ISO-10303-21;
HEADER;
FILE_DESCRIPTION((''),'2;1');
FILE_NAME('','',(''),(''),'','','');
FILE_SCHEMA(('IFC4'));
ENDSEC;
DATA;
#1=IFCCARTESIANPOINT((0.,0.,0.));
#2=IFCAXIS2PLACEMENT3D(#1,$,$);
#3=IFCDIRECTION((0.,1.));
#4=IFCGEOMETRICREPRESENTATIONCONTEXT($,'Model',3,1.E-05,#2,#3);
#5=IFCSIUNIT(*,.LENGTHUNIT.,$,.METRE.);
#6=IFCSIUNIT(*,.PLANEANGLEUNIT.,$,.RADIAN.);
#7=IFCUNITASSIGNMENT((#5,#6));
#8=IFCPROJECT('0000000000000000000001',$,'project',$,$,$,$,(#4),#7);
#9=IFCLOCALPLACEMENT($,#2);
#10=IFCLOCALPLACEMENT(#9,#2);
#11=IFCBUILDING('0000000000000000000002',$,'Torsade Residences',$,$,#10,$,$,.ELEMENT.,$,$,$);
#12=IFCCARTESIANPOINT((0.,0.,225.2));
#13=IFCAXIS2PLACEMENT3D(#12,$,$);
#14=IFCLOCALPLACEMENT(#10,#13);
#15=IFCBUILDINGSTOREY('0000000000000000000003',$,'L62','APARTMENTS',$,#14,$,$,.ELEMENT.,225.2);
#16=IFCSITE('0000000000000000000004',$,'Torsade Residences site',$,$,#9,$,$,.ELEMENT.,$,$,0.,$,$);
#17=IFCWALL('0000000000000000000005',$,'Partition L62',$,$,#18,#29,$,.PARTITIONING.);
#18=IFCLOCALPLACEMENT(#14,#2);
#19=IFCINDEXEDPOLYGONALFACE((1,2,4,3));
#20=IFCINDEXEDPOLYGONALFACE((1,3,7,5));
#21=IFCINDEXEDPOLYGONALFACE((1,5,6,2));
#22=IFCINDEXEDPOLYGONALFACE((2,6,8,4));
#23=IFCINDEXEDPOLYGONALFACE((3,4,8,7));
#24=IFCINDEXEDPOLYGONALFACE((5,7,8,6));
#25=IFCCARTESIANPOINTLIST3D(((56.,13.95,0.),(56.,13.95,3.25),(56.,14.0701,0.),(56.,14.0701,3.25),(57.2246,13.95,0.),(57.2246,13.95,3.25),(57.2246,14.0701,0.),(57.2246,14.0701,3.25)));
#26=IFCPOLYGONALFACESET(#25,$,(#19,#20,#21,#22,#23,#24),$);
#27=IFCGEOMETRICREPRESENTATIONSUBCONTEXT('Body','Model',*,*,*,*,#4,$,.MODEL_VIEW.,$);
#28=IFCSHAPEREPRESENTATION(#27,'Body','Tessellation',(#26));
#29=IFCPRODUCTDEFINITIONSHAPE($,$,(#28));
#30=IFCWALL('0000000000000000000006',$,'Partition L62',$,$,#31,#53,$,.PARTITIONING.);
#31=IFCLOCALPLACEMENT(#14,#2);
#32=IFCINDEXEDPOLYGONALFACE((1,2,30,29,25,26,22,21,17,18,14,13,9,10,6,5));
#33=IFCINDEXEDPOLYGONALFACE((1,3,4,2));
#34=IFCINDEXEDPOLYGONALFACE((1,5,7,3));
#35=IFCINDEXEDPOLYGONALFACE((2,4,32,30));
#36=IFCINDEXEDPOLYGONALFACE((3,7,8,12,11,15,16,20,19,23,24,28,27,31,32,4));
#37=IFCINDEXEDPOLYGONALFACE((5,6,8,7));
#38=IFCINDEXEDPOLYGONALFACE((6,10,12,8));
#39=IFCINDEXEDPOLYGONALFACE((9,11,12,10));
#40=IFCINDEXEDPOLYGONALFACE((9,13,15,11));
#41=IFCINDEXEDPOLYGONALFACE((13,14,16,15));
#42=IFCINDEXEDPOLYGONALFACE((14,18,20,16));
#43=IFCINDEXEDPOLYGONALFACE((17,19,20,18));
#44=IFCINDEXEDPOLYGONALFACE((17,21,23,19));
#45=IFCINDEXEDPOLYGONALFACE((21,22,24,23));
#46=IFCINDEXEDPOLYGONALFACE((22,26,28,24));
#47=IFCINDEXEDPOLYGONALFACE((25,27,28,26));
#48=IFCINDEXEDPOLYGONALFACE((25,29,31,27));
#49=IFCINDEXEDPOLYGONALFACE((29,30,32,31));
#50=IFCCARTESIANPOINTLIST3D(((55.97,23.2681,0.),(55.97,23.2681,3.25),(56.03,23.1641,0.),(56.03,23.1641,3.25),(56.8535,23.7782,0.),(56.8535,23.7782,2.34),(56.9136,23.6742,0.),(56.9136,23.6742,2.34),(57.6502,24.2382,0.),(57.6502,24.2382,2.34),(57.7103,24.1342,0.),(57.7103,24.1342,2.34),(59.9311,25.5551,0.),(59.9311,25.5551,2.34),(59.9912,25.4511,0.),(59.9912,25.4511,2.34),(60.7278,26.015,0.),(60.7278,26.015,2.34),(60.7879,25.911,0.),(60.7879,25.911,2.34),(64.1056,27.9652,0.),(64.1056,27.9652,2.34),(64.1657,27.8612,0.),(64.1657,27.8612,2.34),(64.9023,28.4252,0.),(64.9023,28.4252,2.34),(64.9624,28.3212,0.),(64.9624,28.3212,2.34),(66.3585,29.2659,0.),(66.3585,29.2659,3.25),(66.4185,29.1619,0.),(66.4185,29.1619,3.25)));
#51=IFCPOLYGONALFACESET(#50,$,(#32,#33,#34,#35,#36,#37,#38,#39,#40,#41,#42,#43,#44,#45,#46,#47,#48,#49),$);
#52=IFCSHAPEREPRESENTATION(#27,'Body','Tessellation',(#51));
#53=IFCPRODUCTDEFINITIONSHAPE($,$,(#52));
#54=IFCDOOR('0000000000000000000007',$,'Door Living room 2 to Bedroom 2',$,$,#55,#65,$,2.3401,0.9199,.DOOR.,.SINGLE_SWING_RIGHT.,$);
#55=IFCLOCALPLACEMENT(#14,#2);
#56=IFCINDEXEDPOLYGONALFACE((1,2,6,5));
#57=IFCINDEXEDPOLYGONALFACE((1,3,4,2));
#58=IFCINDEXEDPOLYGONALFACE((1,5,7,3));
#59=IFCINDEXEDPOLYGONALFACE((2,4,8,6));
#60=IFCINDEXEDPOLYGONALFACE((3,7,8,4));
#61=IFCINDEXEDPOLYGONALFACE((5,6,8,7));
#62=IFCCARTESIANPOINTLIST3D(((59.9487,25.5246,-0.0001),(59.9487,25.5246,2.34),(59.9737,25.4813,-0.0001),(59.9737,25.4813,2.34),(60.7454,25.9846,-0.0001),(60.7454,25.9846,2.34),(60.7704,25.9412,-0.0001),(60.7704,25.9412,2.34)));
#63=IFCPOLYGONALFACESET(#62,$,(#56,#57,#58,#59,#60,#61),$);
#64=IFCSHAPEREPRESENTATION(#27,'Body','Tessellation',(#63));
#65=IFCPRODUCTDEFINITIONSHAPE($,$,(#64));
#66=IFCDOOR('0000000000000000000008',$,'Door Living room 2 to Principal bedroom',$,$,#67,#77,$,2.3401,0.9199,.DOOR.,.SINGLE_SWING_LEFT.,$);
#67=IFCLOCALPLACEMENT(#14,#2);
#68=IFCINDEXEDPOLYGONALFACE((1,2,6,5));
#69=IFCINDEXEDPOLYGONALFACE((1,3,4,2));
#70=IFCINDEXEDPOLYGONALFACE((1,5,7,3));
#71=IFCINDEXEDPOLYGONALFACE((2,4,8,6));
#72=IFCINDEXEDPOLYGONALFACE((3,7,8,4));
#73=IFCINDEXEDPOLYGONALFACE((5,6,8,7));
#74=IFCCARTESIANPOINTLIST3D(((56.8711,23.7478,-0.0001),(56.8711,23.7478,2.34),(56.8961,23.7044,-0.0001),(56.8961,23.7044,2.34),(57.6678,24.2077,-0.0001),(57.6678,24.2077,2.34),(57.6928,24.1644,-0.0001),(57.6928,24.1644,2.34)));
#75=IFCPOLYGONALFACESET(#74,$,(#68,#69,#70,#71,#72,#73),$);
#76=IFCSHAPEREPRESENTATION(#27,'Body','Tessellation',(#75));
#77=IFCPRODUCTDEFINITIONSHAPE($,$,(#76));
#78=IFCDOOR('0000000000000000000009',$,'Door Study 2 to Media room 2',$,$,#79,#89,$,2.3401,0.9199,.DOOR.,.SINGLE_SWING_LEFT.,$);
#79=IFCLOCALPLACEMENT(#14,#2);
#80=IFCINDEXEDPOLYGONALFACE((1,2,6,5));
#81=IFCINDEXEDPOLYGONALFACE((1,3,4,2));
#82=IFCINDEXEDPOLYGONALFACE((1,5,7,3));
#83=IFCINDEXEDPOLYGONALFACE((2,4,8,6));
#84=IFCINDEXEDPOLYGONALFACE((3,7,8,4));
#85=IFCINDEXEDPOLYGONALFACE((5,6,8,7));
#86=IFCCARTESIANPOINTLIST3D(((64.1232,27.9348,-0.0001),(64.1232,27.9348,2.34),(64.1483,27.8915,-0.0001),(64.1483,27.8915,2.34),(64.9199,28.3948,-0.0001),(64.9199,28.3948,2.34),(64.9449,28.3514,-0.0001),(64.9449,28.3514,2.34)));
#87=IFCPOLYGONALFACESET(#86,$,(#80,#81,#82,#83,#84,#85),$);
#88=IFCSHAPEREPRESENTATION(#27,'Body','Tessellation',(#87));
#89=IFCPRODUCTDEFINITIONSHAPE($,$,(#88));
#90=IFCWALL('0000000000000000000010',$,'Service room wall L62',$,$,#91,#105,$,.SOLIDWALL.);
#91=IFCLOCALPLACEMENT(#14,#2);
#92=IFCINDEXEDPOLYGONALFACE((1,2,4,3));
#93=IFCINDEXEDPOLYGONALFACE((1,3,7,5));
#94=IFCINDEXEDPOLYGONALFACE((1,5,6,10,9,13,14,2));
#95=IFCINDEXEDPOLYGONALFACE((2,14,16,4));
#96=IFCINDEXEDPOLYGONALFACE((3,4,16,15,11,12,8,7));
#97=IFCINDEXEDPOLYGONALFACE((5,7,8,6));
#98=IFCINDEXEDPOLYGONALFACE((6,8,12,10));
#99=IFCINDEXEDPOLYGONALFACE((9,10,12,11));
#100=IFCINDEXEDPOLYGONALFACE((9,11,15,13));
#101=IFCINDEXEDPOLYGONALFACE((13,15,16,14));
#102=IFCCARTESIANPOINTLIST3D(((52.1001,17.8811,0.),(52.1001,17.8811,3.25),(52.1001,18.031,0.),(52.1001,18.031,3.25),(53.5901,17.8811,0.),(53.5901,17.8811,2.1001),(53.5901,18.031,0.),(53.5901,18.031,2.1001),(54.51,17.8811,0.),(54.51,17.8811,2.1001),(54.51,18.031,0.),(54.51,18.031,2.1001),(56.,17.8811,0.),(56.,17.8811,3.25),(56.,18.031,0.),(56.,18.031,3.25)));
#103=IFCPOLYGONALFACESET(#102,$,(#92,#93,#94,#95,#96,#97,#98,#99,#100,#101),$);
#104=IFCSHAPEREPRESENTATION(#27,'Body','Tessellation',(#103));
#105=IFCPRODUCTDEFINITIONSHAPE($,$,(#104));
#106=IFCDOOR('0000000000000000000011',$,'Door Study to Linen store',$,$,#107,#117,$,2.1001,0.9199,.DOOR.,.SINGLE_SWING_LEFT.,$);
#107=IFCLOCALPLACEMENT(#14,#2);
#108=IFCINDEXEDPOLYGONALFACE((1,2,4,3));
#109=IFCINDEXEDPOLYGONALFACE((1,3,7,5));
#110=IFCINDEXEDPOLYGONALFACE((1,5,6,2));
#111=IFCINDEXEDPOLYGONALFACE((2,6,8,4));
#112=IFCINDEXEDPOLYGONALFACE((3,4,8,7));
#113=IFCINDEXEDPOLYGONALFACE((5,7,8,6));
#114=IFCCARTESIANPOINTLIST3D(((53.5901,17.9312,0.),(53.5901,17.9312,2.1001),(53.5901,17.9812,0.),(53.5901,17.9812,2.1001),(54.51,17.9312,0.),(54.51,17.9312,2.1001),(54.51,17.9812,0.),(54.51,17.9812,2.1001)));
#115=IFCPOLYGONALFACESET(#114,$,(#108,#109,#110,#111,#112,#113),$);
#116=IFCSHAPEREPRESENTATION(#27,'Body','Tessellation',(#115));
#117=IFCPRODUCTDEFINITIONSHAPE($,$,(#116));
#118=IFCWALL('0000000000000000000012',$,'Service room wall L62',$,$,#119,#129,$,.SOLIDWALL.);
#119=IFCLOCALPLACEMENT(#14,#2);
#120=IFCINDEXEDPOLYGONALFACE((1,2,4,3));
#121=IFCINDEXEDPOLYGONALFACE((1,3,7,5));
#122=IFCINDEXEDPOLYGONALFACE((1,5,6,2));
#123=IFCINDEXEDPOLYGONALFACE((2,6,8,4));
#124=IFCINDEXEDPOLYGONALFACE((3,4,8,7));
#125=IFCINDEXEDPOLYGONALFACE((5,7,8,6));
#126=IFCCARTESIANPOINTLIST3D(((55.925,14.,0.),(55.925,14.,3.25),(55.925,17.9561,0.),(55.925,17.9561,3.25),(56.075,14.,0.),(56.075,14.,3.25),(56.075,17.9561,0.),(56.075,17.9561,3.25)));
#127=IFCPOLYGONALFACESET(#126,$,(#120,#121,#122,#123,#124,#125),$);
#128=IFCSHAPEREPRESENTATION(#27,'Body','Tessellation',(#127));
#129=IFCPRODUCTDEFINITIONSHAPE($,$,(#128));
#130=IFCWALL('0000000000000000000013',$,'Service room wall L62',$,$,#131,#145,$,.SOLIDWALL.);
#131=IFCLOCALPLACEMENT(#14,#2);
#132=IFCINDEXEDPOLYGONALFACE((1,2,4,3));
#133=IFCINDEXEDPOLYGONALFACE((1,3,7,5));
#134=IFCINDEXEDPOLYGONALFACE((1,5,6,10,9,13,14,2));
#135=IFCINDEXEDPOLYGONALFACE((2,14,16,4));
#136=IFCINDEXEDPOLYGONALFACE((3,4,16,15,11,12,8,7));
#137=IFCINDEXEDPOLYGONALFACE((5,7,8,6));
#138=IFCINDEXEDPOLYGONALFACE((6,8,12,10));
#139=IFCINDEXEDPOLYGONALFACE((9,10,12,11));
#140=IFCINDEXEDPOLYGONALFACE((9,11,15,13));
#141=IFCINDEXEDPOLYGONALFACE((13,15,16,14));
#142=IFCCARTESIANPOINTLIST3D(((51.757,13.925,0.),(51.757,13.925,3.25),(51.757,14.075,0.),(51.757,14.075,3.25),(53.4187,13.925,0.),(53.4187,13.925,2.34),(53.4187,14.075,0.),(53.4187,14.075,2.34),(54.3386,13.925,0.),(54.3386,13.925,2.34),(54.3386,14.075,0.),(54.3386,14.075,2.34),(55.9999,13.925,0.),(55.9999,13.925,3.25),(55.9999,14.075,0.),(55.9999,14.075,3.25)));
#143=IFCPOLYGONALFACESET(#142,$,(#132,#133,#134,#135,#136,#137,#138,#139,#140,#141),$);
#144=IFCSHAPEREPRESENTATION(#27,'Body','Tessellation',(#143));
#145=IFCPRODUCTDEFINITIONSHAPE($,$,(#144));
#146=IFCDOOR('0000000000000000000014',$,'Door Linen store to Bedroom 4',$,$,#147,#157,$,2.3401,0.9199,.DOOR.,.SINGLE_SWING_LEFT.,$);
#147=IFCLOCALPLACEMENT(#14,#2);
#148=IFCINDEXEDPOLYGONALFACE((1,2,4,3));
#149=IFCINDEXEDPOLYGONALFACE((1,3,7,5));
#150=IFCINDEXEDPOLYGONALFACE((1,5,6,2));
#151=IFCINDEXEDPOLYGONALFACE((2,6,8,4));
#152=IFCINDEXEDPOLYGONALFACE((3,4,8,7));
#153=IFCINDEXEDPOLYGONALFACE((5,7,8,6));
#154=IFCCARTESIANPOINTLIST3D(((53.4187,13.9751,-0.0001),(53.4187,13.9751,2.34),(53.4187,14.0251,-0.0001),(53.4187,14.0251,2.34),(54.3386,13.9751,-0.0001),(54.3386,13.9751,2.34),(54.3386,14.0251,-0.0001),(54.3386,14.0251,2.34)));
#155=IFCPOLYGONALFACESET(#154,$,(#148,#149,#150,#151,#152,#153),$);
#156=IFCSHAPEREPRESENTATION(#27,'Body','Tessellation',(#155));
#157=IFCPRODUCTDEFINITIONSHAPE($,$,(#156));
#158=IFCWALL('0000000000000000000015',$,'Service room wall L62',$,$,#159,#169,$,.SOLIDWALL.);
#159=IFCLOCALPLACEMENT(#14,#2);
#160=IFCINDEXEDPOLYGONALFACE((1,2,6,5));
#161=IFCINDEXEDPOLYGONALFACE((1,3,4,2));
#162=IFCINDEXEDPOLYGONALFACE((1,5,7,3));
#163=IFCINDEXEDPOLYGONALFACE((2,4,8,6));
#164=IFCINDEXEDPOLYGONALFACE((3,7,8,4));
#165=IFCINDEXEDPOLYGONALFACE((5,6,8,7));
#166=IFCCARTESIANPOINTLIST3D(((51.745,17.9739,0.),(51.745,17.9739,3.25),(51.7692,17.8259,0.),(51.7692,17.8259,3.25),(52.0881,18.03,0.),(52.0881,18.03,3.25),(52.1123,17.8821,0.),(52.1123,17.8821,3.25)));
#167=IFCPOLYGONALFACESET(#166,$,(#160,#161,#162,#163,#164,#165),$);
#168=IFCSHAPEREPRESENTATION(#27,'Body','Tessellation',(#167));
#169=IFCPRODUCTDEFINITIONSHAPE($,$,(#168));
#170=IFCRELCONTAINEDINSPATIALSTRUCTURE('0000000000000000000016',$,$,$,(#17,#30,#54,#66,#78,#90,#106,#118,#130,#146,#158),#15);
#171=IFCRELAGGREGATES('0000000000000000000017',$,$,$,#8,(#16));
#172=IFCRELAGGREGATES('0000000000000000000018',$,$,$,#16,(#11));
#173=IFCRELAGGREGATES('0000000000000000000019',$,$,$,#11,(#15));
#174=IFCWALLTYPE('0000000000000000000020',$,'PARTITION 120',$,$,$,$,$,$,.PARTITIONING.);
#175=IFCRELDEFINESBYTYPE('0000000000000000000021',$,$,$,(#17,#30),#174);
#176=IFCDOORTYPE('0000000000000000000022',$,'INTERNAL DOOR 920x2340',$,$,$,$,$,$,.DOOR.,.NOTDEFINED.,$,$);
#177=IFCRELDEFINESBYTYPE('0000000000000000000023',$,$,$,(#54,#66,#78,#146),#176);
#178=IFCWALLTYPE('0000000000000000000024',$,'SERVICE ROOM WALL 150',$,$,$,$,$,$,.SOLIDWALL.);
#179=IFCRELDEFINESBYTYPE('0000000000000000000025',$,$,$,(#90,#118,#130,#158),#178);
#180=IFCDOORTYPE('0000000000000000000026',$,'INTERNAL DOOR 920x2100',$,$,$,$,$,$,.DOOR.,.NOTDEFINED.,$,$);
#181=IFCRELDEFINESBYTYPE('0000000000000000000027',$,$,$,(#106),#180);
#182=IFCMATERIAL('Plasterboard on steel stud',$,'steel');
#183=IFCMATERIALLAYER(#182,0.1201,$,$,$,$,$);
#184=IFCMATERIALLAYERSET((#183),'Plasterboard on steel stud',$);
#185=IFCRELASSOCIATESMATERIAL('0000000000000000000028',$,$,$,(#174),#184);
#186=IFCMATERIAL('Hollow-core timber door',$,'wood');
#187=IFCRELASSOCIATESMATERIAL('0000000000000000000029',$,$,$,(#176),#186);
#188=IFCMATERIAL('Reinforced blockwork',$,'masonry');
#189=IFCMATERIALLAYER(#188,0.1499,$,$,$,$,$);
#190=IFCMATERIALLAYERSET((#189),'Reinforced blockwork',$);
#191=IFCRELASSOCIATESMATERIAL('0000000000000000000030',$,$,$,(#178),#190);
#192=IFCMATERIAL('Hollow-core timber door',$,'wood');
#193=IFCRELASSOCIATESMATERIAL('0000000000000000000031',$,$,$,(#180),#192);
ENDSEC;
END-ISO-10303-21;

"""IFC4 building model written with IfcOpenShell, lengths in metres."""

from ifc_helpers import new_model, si_unit, direction, frame, frame_2d, origin, place, context, subcontext, project, spatial, rectangle, extrude, material, layer, layer_set, type_object, element, fill, save


model = new_model("IFC4")

# Units and contexts
model_context = context("Model", 3, precision=1e-05, world=origin(), true_north=direction((0.0, 1.0)))
body_context = subcontext(model_context, "Body", "Model", "MODEL_VIEW")
ifc_project = project(units=[si_unit("LENGTHUNIT", "METRE"), si_unit("PLANEANGLEUNIT", "RADIAN")], contexts=[model_context])

# Site, building, storey
site_placement = place(None, origin())
site = spatial("IfcSite", under=ifc_project, at=site_placement, Name="Torsade Residences site", CompositionType="ELEMENT", RefElevation=0.0)
building_placement = place(site_placement, origin())
building = spatial("IfcBuilding", under=site, at=building_placement, Name="Torsade Residences", CompositionType="ELEMENT")
storey_placement = place(building_placement, frame((0.0, 0.0, 225.2)))
storey = spatial("IfcBuildingStorey", under=building, at=storey_placement, Name="L62", Description="APARTMENTS", CompositionType="ELEMENT", Elevation=225.2)

# Shared definitions
ifc_material_1 = material(Name="Plasterboard on steel stud", Category="steel")
ifc_layer_1 = layer(ifc_material_1, 0.1201)
ifc_layer_set_1 = layer_set([ifc_layer_1], Name="Plasterboard on steel stud")
wall_type_1 = type_object("IfcWallType", Name="PARTITION 120", PredefinedType="PARTITIONING", material=ifc_layer_set_1)
ifc_material_2 = material(Name="Hollow-core timber door", Category="wood")
door_type_1 = type_object("IfcDoorType", Name="INTERNAL DOOR 920x2340", OperationType="NOTDEFINED", PredefinedType="DOOR", material=ifc_material_2)

# Wall
wall_1_placement = place(storey_placement, frame((57.2246, 14.01, 0.0), z_axis=(0.0, 0.0, 1.0), x_axis=(-1.0, 0.0, 0.0)))
element("IfcWall", 1, at=wall_1_placement, inside=storey, type_object=wall_type_1, Name="Partition L62", PredefinedType="PARTITIONING", context=body_context, shape_type="SweptSolid", body=[
    extrude(rectangle(XDim=1.2246, YDim=0.1201, at=frame_2d((0.6123, 0.0))), origin(), (0.0, 0.0, 1.0), 3.25),
])

# Wall, openings, doors
wall_2_placement = place(storey_placement, frame((56.0, 23.2161, 0.0), z_axis=(0.0, 0.0, 1.0), x_axis=(0.866024, 0.500003, 0.0)))
wall_2 = element("IfcWall", 2, at=wall_2_placement, inside=storey, type_object=wall_type_1, Name="Partition L62", PredefinedType="PARTITIONING", context=body_context, shape_type="SweptSolid", body=[
    extrude(rectangle(XDim=11.9956, YDim=0.1201, at=frame_2d((5.9978, 0.0))), origin(), (0.0, 0.0, 1.0), 3.25),
])
opening_1_placement = place(wall_2_placement, frame((4.574, 0.0, 0.0)))
opening_1 = element("IfcOpeningElement", 3, at=opening_1_placement, cuts=wall_2, PredefinedType="OPENING", context=body_context, shape_type="SweptSolid", body=[
    extrude(rectangle(XDim=0.9199, YDim=2.3401, at=frame_2d((0.46, 1.1699))), frame((0.0, 0.0701, 0.0), z_axis=(0.0, -1.0, 0.0), x_axis=(1.0, 0.0, 0.0)), (0.0, 0.0, 1.0), 0.1401),
])
opening_2_placement = place(wall_2_placement, frame((1.0203, 0.0, 0.0)))
opening_2 = element("IfcOpeningElement", 4, at=opening_2_placement, cuts=wall_2, PredefinedType="OPENING", context=body_context, shape_type="SweptSolid", body=[
    extrude(rectangle(XDim=0.9199, YDim=2.3401, at=frame_2d((0.46, 1.1699))), frame((0.0, 0.0701, 0.0), z_axis=(0.0, -1.0, 0.0), x_axis=(1.0, 0.0, 0.0)), (0.0, 0.0, 1.0), 0.1401),
])
opening_3_placement = place(wall_2_placement, frame((9.3943, 0.0, 0.0)))
opening_3 = element("IfcOpeningElement", 5, at=opening_3_placement, cuts=wall_2, PredefinedType="OPENING", context=body_context, shape_type="SweptSolid", body=[
    extrude(rectangle(XDim=0.9199, YDim=2.3401, at=frame_2d((0.46, 1.1699))), frame((0.0, 0.0701, 0.0), z_axis=(0.0, -1.0, 0.0), x_axis=(1.0, 0.0, 0.0)), (0.0, 0.0, 1.0), 0.1401),
])
door_1_placement = place(opening_1_placement, origin())
door_1 = element("IfcDoor", 6, at=door_1_placement, inside=storey, type_object=door_type_1, Name="Door Living room 2 to Bedroom 2", OperationType="SINGLE_SWING_RIGHT", OverallHeight=2.3401, OverallWidth=0.9199, PredefinedType="DOOR", context=body_context, shape_type="SweptSolid", body=[
    extrude(rectangle(XDim=0.9199, YDim=2.3401, at=frame_2d((0.46, 1.1699))), frame((0.0, 0.0249, 0.0), z_axis=(0.0, -1.0, 0.0), x_axis=(1.0, 0.0, 0.0)), (0.0, 0.0, 1.0), 0.05),
])
fill(opening_1, door_1)
door_2_placement = place(opening_2_placement, origin())
door_2 = element("IfcDoor", 7, at=door_2_placement, inside=storey, type_object=door_type_1, Name="Door Living room 2 to Principal bedroom", OperationType="SINGLE_SWING_LEFT", OverallHeight=2.3401, OverallWidth=0.9199, PredefinedType="DOOR", context=body_context, shape_type="SweptSolid", body=[
    extrude(rectangle(XDim=0.9199, YDim=2.3401, at=frame_2d((0.46, 1.1699))), frame((0.0, 0.0249, 0.0), z_axis=(0.0, -1.0, 0.0), x_axis=(1.0, 0.0, 0.0)), (0.0, 0.0, 1.0), 0.05),
])
fill(opening_2, door_2)
door_3_placement = place(opening_3_placement, origin())
door_3 = element("IfcDoor", 8, at=door_3_placement, inside=storey, type_object=door_type_1, Name="Door Study 2 to Media room 2", OperationType="SINGLE_SWING_LEFT", OverallHeight=2.3401, OverallWidth=0.9199, PredefinedType="DOOR", context=body_context, shape_type="SweptSolid", body=[
    extrude(rectangle(XDim=0.9199, YDim=2.3401, at=frame_2d((0.46, 1.1699))), frame((0.0, 0.0249, 0.0), z_axis=(0.0, -1.0, 0.0), x_axis=(1.0, 0.0, 0.0)), (0.0, 0.0, 1.0), 0.05),
])
fill(opening_3, door_3)

# Wall, opening, door
ifc_material_3 = material(Name="Reinforced blockwork", Category="masonry")
ifc_layer_2 = layer(ifc_material_3, 0.1499)
ifc_layer_set_2 = layer_set([ifc_layer_2], Name="Reinforced blockwork")
wall_type_2 = type_object("IfcWallType", Name="SERVICE ROOM WALL 150", PredefinedType="SOLIDWALL", material=ifc_layer_set_2)
wall_3_placement = place(storey_placement, frame((56.0, 17.9561, 0.0), z_axis=(0.0, 0.0, 1.0), x_axis=(-1.0, 0.0, 0.0)))
wall_3 = element("IfcWall", 9, at=wall_3_placement, inside=storey, type_object=wall_type_2, Name="Service room wall L62", PredefinedType="SOLIDWALL", context=body_context, shape_type="SweptSolid", body=[
    extrude(rectangle(XDim=3.8999, YDim=0.1499, at=frame_2d((1.95, 0.0))), origin(), (0.0, 0.0, 1.0), 3.25),
])
opening_4_placement = place(wall_3_placement, frame((1.49, 0.0, 0.0)))
opening_4 = element("IfcOpeningElement", 10, at=opening_4_placement, cuts=wall_3, PredefinedType="OPENING", context=body_context, shape_type="SweptSolid", body=[
    extrude(rectangle(XDim=0.9199, YDim=2.1001, at=frame_2d((0.46, 1.05))), frame((0.0, 0.085, 0.0), z_axis=(0.0, -1.0, 0.0), x_axis=(1.0, 0.0, 0.0)), (0.0, 0.0, 1.0), 0.1699),
])
ifc_material_4 = material(Name="Hollow-core timber door", Category="wood")
door_type_2 = type_object("IfcDoorType", Name="INTERNAL DOOR 920x2100", OperationType="NOTDEFINED", PredefinedType="DOOR", material=ifc_material_4)
door_4_placement = place(opening_4_placement, origin())
door_4 = element("IfcDoor", 11, at=door_4_placement, inside=storey, type_object=door_type_2, Name="Door Study to Linen store", OperationType="SINGLE_SWING_LEFT", OverallHeight=2.1001, OverallWidth=0.9199, PredefinedType="DOOR", context=body_context, shape_type="SweptSolid", body=[
    extrude(rectangle(XDim=0.9199, YDim=2.1001, at=frame_2d((0.46, 1.05))), frame((0.0, 0.0249, 0.0), z_axis=(0.0, -1.0, 0.0), x_axis=(1.0, 0.0, 0.0)), (0.0, 0.0, 1.0), 0.05),
])
fill(opening_4, door_4)

# Wall
wall_4_placement = place(storey_placement, frame((56.0, 17.9561, 0.0), z_axis=(0.0, 0.0, 1.0), x_axis=(0.0, -1.0, 0.0)))
element("IfcWall", 12, at=wall_4_placement, inside=storey, type_object=wall_type_2, Name="Service room wall L62", PredefinedType="SOLIDWALL", context=body_context, shape_type="SweptSolid", body=[
    extrude(rectangle(XDim=3.9561, YDim=0.1499, at=frame_2d((1.978, 0.0))), origin(), (0.0, 0.0, 1.0), 3.25),
])

# Wall, opening, door
wall_5_placement = place(storey_placement, frame((56.0, 14.0, 0.0), z_axis=(0.0, 0.0, 1.0), x_axis=(-1.0, 0.0, 0.0)))
wall_5 = element("IfcWall", 13, at=wall_5_placement, inside=storey, type_object=wall_type_2, Name="Service room wall L62", PredefinedType="SOLIDWALL", context=body_context, shape_type="SweptSolid", body=[
    extrude(rectangle(XDim=4.2429, YDim=0.1499, at=frame_2d((2.1216, 0.0))), origin(), (0.0, 0.0, 1.0), 3.25),
])
opening_5_placement = place(wall_5_placement, frame((1.6614, 0.0, 0.0)))
opening_5 = element("IfcOpeningElement", 14, at=opening_5_placement, cuts=wall_5, PredefinedType="OPENING", context=body_context, shape_type="SweptSolid", body=[
    extrude(rectangle(XDim=0.9199, YDim=2.3401, at=frame_2d((0.46, 1.1699))), frame((0.0, 0.085, 0.0), z_axis=(0.0, -1.0, 0.0), x_axis=(1.0, 0.0, 0.0)), (0.0, 0.0, 1.0), 0.1699),
])
door_5_placement = place(opening_5_placement, origin())
door_5 = element("IfcDoor", 15, at=door_5_placement, inside=storey, type_object=door_type_1, Name="Door Linen store to Bedroom 4", OperationType="SINGLE_SWING_LEFT", OverallHeight=2.3401, OverallWidth=0.9199, PredefinedType="DOOR", context=body_context, shape_type="SweptSolid", body=[
    extrude(rectangle(XDim=0.9199, YDim=2.3401, at=frame_2d((0.46, 1.1699))), frame((0.0, 0.0249, 0.0), z_axis=(0.0, -1.0, 0.0), x_axis=(1.0, 0.0, 0.0)), (0.0, 0.0, 1.0), 0.05),
])
fill(opening_5, door_5)

# Wall
wall_6_placement = place(storey_placement, frame((51.7571, 17.8999, 0.0), z_axis=(0.0, 0.0, 1.0), x_axis=(0.986864, 0.161551, 0.0)))
element("IfcWall", 16, at=wall_6_placement, inside=storey, type_object=wall_type_2, Name="Service room wall L62", PredefinedType="SOLIDWALL", context=body_context, shape_type="SweptSolid", body=[
    extrude(rectangle(XDim=0.3477, YDim=0.1499, at=frame_2d((0.1738, 0.0))), origin(), (0.0, 0.0, 1.0), 3.25),
])

save(model, "model.ifc")
